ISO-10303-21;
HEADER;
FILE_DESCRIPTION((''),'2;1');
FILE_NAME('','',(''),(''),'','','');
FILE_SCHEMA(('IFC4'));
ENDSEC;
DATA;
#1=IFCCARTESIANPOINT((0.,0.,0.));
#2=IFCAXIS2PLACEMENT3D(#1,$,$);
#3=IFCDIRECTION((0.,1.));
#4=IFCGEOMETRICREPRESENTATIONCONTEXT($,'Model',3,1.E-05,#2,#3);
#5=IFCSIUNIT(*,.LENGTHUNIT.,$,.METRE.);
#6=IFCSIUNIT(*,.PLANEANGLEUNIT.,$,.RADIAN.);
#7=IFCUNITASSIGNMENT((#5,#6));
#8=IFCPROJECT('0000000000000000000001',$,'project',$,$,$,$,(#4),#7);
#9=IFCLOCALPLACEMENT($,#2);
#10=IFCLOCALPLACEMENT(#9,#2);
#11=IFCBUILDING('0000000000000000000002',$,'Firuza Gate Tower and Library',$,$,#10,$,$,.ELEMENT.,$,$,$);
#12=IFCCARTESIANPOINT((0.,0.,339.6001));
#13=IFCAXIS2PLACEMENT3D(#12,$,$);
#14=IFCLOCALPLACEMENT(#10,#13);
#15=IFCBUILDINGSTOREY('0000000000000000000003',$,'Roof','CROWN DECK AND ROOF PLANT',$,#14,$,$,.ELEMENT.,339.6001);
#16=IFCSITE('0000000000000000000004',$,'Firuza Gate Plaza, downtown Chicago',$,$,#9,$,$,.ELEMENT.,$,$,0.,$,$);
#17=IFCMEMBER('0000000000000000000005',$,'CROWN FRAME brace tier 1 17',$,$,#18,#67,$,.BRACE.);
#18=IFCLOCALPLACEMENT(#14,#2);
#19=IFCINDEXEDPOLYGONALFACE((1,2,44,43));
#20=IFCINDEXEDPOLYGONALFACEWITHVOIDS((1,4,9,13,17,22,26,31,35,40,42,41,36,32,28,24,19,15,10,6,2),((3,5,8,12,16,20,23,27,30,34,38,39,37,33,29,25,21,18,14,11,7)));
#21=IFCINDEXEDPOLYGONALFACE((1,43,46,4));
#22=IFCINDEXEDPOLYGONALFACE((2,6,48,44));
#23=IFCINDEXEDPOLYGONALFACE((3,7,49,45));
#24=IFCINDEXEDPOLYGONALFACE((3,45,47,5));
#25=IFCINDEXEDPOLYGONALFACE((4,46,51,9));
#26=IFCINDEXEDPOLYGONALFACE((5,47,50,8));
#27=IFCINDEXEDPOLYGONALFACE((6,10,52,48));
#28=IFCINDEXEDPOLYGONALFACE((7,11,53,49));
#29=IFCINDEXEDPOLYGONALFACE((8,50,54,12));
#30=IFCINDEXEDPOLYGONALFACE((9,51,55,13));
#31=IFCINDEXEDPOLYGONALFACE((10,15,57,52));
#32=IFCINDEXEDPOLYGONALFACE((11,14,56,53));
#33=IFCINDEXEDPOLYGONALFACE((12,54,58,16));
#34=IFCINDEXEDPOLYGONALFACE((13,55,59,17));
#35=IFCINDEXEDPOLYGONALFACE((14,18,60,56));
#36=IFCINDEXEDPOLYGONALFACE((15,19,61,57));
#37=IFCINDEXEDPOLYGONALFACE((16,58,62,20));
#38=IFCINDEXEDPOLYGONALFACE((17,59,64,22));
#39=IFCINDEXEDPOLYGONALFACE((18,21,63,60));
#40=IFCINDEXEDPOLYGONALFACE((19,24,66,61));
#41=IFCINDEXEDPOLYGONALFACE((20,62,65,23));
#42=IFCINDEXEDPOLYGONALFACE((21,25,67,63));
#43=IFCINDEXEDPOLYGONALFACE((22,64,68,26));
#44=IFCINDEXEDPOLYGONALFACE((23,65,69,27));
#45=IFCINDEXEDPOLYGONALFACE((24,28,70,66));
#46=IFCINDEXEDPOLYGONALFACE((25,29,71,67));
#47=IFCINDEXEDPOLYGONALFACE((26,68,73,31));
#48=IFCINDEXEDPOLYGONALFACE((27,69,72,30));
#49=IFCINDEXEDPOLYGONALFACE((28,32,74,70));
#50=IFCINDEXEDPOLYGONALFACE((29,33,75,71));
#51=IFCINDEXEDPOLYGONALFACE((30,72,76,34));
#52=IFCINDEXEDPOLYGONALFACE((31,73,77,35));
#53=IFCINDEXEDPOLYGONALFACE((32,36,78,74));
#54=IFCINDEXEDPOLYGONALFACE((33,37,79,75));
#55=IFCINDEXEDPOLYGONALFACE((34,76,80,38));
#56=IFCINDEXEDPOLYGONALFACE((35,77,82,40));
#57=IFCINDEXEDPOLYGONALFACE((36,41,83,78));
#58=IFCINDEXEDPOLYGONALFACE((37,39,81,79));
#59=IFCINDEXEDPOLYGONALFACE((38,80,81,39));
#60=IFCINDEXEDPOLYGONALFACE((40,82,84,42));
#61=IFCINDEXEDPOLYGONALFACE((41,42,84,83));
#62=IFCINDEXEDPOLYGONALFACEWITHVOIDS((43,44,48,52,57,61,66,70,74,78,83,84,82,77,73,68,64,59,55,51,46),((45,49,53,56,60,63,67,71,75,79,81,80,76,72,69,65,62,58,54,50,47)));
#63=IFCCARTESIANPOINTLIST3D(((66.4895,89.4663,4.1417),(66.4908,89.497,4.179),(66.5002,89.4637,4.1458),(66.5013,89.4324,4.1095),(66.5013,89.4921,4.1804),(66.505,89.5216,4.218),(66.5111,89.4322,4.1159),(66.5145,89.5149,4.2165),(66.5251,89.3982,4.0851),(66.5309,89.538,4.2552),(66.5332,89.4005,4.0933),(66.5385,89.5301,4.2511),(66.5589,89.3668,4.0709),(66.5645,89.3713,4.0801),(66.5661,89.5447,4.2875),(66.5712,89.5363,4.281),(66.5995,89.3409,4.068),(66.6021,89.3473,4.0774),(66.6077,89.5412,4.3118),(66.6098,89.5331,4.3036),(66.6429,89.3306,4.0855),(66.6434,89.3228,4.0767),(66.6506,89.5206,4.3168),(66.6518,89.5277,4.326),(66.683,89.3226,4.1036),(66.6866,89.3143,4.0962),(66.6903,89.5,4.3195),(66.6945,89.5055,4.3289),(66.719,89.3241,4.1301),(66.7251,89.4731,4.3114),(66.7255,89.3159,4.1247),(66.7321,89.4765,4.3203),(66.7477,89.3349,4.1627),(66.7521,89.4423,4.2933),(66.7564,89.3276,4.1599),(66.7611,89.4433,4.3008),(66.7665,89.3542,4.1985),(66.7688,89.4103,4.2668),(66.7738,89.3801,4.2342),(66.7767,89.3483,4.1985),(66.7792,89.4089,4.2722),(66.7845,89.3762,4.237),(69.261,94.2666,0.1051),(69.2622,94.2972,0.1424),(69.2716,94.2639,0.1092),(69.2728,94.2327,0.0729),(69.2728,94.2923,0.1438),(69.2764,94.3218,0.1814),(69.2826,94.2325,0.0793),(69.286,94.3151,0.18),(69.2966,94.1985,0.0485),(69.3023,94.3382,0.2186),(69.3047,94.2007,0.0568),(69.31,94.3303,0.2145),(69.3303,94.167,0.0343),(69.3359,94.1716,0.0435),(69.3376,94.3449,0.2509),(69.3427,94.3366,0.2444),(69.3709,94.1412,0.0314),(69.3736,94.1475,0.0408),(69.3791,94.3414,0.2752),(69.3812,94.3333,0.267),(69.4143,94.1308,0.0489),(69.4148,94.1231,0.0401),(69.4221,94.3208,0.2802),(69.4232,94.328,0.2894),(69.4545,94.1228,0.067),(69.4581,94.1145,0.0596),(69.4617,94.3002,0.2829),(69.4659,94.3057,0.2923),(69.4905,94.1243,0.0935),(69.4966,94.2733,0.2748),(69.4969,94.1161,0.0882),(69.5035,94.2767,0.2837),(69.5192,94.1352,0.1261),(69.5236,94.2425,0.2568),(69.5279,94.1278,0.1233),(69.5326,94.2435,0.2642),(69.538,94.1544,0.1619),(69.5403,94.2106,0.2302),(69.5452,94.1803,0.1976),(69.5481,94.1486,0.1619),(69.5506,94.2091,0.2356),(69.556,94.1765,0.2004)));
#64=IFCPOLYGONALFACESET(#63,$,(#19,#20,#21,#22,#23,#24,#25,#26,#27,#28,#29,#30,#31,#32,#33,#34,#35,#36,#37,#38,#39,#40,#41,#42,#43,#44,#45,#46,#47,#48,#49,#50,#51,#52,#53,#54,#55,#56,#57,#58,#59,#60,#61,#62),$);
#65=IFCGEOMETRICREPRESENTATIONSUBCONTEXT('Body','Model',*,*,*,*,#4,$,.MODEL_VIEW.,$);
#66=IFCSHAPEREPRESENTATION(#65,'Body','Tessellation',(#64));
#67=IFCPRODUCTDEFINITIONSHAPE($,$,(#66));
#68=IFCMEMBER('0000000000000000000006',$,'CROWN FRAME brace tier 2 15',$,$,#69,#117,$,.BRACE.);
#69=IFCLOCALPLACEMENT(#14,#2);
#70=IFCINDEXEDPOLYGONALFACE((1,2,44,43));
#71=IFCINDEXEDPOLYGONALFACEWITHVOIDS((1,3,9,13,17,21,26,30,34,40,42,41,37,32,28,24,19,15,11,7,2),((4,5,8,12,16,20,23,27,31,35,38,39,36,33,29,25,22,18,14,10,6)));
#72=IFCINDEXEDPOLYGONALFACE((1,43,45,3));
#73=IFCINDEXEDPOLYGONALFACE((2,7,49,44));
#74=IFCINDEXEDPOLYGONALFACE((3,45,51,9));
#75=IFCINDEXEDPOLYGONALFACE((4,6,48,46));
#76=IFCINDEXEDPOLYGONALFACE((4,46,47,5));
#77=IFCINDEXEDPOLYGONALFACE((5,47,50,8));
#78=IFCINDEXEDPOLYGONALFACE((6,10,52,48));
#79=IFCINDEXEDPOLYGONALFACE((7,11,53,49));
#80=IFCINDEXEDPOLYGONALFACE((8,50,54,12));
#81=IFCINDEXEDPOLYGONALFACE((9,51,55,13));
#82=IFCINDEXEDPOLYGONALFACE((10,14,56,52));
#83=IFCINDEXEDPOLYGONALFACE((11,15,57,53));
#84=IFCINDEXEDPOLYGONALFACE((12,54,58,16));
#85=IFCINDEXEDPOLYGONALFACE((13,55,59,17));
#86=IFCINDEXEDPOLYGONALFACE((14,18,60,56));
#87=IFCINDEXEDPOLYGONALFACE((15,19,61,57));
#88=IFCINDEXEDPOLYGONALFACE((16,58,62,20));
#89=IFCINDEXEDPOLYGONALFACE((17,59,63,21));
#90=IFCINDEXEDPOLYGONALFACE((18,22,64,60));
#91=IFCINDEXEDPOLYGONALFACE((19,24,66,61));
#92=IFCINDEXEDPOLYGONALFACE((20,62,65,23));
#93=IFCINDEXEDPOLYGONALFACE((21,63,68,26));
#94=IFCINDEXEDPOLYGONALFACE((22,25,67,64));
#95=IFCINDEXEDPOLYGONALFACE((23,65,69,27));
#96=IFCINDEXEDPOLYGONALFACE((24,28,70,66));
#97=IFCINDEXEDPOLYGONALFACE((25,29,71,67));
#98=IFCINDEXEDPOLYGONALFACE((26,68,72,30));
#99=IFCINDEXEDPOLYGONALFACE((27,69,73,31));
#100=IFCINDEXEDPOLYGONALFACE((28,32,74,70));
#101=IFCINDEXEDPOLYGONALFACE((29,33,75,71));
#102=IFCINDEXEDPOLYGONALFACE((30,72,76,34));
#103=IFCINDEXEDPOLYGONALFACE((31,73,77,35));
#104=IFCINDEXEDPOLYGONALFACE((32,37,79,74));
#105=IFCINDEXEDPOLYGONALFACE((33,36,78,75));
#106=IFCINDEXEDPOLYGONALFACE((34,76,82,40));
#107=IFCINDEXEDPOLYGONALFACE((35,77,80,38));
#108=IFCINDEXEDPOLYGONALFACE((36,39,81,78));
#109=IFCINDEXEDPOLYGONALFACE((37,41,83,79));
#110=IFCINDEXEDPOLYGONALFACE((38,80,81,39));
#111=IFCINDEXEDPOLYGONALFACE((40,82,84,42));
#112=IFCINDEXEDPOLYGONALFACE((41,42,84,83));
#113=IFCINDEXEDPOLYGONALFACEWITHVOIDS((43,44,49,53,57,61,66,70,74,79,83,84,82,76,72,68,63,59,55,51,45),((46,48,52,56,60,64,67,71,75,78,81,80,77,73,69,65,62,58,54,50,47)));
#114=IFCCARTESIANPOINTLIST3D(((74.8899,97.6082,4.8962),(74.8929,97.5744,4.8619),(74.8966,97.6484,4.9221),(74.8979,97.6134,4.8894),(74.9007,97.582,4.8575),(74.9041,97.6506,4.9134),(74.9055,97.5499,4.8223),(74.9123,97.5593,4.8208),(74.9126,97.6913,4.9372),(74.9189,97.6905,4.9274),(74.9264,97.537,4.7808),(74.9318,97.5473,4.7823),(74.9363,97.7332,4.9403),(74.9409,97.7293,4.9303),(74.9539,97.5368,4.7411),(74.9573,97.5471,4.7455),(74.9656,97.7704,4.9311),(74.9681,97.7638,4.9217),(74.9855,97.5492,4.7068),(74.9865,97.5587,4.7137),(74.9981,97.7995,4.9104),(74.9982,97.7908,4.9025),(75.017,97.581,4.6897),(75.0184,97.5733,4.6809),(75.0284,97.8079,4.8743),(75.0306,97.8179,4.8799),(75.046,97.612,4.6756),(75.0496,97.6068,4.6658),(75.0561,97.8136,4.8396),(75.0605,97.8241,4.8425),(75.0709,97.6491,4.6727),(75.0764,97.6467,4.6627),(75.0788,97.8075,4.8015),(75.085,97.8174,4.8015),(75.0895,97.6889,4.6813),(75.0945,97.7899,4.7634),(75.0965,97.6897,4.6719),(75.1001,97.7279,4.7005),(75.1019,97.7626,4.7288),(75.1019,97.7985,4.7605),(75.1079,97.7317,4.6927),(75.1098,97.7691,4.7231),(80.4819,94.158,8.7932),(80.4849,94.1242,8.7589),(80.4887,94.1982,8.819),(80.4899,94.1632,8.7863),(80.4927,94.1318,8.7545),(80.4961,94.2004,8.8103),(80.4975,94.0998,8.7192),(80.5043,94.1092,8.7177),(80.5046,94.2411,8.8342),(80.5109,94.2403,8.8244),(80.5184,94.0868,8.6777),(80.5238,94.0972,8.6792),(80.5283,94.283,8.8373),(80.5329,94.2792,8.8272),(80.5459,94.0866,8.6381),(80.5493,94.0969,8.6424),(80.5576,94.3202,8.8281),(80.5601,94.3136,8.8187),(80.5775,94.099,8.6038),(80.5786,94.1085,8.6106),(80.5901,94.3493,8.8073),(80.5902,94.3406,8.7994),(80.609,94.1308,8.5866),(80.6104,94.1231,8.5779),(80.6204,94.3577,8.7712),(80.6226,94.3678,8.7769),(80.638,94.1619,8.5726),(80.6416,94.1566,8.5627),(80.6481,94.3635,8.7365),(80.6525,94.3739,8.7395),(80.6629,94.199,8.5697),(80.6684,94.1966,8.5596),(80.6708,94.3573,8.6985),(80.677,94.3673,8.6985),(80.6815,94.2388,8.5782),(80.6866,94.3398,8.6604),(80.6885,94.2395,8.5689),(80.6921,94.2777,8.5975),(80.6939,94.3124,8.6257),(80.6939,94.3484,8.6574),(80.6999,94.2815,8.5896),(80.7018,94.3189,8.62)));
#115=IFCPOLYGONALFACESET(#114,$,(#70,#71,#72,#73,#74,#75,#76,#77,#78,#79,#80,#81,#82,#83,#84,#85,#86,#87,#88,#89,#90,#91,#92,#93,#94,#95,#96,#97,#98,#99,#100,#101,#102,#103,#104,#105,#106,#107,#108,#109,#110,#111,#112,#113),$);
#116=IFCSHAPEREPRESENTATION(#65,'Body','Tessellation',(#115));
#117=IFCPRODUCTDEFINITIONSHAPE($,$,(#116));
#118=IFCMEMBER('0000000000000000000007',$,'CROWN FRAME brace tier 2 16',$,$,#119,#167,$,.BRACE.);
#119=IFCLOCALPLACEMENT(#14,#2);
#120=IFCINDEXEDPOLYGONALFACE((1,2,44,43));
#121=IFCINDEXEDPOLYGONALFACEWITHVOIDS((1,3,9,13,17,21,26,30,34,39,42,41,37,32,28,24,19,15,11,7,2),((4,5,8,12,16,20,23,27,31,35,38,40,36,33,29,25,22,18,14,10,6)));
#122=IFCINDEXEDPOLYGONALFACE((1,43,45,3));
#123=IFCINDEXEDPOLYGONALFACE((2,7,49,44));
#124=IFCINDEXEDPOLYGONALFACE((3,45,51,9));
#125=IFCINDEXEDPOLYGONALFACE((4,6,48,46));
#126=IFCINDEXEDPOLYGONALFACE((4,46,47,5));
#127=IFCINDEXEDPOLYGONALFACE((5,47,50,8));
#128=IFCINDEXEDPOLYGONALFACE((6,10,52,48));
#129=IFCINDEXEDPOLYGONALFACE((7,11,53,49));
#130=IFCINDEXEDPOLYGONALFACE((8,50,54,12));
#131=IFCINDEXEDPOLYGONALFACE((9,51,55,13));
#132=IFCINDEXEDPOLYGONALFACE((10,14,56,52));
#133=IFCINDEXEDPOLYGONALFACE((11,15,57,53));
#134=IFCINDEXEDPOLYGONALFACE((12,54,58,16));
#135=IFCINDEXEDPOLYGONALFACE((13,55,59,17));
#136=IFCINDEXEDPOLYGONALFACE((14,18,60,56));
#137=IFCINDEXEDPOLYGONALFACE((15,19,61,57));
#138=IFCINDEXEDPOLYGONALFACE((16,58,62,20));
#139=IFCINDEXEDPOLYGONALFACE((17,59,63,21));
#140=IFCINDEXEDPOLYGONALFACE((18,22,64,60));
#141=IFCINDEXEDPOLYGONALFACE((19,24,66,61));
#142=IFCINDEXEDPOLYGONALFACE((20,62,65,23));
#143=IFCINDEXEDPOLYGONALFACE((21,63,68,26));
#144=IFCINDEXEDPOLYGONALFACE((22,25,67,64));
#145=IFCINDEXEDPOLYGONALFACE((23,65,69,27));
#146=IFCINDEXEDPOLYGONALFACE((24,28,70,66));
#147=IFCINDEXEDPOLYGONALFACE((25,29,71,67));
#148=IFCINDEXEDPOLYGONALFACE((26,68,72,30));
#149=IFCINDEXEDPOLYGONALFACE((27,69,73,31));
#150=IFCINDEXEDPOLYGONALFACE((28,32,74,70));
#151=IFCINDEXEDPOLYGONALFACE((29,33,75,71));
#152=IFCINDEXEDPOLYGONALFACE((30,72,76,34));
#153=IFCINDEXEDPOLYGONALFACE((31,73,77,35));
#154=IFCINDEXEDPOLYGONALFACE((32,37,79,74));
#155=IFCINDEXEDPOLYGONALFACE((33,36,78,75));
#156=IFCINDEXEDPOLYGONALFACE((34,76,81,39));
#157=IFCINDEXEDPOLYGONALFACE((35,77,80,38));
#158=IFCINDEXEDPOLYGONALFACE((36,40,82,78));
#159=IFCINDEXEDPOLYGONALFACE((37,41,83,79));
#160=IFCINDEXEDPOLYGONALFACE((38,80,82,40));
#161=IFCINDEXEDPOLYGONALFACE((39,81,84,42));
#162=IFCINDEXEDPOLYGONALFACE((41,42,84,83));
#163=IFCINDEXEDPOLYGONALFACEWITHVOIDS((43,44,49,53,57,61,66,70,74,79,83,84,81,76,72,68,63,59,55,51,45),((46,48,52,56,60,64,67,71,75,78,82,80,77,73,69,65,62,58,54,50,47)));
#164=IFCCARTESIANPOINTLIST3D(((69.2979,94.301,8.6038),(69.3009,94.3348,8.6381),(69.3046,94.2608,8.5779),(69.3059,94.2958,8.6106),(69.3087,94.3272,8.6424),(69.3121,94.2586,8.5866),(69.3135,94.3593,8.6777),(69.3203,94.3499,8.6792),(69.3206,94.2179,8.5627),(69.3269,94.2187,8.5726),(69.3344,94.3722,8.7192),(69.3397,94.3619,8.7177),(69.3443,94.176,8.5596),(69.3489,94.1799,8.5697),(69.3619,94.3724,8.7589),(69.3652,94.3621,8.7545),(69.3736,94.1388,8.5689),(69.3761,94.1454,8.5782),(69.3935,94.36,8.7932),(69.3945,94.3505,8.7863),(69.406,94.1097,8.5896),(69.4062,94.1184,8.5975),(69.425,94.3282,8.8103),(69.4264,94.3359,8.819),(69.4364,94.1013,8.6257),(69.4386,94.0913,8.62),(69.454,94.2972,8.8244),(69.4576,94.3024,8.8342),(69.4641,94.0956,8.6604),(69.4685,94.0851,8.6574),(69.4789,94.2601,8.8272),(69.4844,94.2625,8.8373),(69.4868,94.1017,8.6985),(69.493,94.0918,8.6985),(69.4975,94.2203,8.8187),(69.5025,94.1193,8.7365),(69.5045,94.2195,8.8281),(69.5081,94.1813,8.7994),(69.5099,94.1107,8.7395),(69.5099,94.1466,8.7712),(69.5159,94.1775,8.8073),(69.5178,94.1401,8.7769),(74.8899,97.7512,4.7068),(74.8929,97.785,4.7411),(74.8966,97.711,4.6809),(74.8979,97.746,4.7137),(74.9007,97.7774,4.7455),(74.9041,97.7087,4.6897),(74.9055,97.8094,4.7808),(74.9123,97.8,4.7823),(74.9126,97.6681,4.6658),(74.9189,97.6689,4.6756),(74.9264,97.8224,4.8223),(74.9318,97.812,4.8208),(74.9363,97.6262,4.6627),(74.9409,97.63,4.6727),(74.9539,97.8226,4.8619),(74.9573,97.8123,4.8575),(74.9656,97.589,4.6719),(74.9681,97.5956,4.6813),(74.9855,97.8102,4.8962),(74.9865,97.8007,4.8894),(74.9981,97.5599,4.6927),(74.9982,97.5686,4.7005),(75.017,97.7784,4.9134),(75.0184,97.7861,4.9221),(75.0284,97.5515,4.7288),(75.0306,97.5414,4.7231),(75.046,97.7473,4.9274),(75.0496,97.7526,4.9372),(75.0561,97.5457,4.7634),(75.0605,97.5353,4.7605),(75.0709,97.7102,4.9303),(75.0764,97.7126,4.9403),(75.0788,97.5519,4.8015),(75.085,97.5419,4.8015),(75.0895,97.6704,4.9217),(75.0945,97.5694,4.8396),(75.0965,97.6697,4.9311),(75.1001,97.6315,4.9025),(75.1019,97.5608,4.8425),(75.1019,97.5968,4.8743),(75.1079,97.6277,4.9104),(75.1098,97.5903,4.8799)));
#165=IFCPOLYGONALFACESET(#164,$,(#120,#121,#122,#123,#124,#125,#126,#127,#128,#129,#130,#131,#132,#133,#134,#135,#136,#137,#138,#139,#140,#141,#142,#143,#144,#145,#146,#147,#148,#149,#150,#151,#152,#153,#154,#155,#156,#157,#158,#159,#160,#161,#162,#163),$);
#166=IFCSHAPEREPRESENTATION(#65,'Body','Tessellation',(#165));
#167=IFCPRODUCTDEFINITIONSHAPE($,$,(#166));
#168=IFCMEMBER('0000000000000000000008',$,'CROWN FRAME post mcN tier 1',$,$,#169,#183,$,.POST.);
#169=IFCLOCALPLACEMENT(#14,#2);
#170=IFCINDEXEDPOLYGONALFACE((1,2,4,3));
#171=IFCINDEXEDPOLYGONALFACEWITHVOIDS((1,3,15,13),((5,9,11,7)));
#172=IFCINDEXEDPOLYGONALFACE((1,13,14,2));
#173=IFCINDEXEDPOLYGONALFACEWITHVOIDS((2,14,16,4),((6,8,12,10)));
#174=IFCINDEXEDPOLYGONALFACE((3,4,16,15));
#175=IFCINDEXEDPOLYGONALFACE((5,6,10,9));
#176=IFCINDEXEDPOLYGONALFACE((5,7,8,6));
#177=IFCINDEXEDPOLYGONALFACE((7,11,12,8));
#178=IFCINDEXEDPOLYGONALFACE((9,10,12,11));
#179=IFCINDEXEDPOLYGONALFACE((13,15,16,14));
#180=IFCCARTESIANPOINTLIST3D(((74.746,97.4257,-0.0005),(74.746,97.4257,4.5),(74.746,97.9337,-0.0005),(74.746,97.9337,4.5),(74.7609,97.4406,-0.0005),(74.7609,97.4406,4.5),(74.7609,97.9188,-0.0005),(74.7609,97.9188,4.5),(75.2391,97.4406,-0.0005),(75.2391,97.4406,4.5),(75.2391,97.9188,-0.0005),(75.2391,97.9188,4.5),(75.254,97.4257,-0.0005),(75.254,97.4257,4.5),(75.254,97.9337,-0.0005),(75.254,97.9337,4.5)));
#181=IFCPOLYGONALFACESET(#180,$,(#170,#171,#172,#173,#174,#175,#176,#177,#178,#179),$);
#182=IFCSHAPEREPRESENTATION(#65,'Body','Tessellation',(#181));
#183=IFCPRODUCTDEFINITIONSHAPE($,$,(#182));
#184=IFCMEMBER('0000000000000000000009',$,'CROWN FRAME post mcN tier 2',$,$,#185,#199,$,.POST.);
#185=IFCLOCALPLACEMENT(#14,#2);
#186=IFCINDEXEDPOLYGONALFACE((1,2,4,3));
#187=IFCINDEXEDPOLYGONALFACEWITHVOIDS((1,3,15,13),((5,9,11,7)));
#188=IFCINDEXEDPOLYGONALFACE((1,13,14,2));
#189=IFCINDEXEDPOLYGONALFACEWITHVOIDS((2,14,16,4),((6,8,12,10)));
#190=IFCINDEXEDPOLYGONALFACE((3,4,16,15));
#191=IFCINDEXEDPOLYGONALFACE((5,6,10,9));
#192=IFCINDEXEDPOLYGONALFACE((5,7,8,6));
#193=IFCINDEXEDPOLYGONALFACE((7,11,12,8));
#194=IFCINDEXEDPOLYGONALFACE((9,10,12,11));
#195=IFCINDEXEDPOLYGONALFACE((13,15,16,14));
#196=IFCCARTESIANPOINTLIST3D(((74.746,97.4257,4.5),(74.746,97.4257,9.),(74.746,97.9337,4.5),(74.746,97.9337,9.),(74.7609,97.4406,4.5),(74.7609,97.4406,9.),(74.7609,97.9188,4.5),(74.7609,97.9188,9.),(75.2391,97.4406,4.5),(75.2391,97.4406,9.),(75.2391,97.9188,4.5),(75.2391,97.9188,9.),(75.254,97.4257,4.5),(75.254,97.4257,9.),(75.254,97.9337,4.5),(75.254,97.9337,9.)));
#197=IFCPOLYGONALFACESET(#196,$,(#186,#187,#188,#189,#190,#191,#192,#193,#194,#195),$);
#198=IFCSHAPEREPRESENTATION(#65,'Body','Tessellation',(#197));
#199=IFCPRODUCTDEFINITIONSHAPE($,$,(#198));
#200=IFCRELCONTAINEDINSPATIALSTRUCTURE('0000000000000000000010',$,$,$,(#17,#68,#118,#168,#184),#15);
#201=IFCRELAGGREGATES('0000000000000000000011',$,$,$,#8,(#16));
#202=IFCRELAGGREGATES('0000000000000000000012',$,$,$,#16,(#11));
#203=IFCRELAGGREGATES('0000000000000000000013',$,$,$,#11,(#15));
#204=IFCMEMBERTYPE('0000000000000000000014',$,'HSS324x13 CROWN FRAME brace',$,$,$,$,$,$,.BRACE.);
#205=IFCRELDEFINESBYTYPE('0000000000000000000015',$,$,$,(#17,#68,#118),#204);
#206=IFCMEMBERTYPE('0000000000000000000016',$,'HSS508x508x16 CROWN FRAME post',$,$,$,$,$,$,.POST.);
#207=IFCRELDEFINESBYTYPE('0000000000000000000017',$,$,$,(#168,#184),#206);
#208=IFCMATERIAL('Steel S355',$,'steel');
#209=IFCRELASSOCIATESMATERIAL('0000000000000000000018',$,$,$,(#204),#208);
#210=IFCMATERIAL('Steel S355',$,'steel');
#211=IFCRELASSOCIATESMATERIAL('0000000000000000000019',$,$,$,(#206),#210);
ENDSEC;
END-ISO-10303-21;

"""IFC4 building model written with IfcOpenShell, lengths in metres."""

from ifc_helpers import new_model, si_unit, direction, frame, origin, origin_2d, place, context, subcontext, project, spatial, hollow_rectangle, hollow_circle, extrude, material, material_profile, profile_set, type_object, element, save


model = new_model("IFC4")

# Units and contexts
model_context = context("Model", 3, precision=1e-05, world=origin(), true_north=direction((0.0, 1.0)))
body_context = subcontext(model_context, "Body", "Model", "MODEL_VIEW")
ifc_project = project(units=[si_unit("LENGTHUNIT", "METRE"), si_unit("PLANEANGLEUNIT", "RADIAN")], contexts=[model_context])

# Site, building, storey
site_placement = place(None, origin())
site = spatial("IfcSite", under=ifc_project, at=site_placement, Name="Firuza Gate Plaza, downtown Chicago", CompositionType="ELEMENT", RefElevation=0.0)
building_placement = place(site_placement, origin())
building = spatial("IfcBuilding", under=site, at=building_placement, Name="Firuza Gate Tower and Library", CompositionType="ELEMENT")
storey_placement = place(building_placement, frame((0.0, 0.0, 339.6001)))
storey = spatial("IfcBuildingStorey", under=building, at=storey_placement, Name="Roof", Description="CROWN DECK AND ROOF PLANT", CompositionType="ELEMENT", Elevation=339.6001)

# Members
ifc_material_1 = material(Name="Steel S355", Category="steel")
ifc_material_profile_1 = material_profile(ifc_material_1, hollow_circle(Radius=0.1619, WallThickness=0.0117, at=origin_2d()))
ifc_profile_set_1 = profile_set([ifc_material_profile_1], Name="Steel S355")
member_type_1 = type_object("IfcMemberType", Name="HSS324x13 CROWN FRAME brace", PredefinedType="BRACE", material=ifc_profile_set_1)
member_1_placement = place(storey_placement, frame((69.408, 94.2295, 0.1619), z_axis=(-0.404184, -0.700059, 0.588687), x_axis=(0.866023, -0.500005, 0.0)))
element("IfcMember", 1, at=member_1_placement, inside=storey, type_object=member_type_1, Name="CROWN FRAME brace tier 1 17", PredefinedType="BRACE", context=body_context, shape_type="SweptSolid", body=[
    extrude(hollow_circle(Radius=0.1619, WallThickness=0.0117, at=origin_2d()), origin(), (0.0, 0.0, 1.0), 6.8569),
])
for number, where, z_axis, x_axis, name in (
    (2, (75.0, 97.6797, 4.8015), (0.731995, -0.451629, 0.510112), (0.525084, 0.85105, 0.0), "CROWN FRAME brace tier 2 15"),
    (3, (75.0, 97.6797, 4.8015), (-0.731995, -0.451629, 0.510112), (0.525084, -0.85105, 0.0), "CROWN FRAME brace tier 2 16"),
):
    element("IfcMember", number, at=place(storey_placement, frame(where, z_axis=z_axis, x_axis=x_axis)), inside=storey, type_object=member_type_1, Name=name, PredefinedType="BRACE", context=body_context, shape_type="SweptSolid", body=[
        extrude(hollow_circle(Radius=0.1619, WallThickness=0.0117, at=origin_2d()), origin(), (0.0, 0.0, 1.0), 7.6394),
    ])
ifc_material_2 = material(Name="Steel S355", Category="steel")
ifc_material_profile_2 = material_profile(ifc_material_2, hollow_rectangle(XDim=0.5081, YDim=0.5081, WallThickness=0.0149, at=origin_2d()))
ifc_profile_set_2 = profile_set([ifc_material_profile_2], Name="Steel S355")
member_type_2 = type_object("IfcMemberType", Name="HSS508x508x16 CROWN FRAME post", PredefinedType="POST", material=ifc_profile_set_2)
member_2_placement = place(storey_placement, frame((75.0, 97.6797, -0.0005), z_axis=(0.0, 0.0, 1.0), x_axis=(1.0, 0.0, 0.0)))
element("IfcMember", 4, at=member_2_placement, inside=storey, type_object=member_type_2, Name="CROWN FRAME post mcN tier 1", PredefinedType="POST", context=body_context, shape_type="SweptSolid", body=[
    extrude(hollow_rectangle(XDim=0.5081, YDim=0.5081, WallThickness=0.0149, at=origin_2d()), origin(), (0.0, 0.0, 1.0), 4.5005),
])
member_3_placement = place(storey_placement, frame((75.0, 97.6797, 4.5), z_axis=(0.0, 0.0, 1.0), x_axis=(1.0, 0.0, 0.0)))
element("IfcMember", 5, at=member_3_placement, inside=storey, type_object=member_type_2, Name="CROWN FRAME post mcN tier 2", PredefinedType="POST", context=body_context, shape_type="SweptSolid", body=[
    extrude(hollow_rectangle(XDim=0.5081, YDim=0.5081, WallThickness=0.0149, at=origin_2d()), origin(), (0.0, 0.0, 1.0), 4.5),
])

save(model, "model.ifc")
